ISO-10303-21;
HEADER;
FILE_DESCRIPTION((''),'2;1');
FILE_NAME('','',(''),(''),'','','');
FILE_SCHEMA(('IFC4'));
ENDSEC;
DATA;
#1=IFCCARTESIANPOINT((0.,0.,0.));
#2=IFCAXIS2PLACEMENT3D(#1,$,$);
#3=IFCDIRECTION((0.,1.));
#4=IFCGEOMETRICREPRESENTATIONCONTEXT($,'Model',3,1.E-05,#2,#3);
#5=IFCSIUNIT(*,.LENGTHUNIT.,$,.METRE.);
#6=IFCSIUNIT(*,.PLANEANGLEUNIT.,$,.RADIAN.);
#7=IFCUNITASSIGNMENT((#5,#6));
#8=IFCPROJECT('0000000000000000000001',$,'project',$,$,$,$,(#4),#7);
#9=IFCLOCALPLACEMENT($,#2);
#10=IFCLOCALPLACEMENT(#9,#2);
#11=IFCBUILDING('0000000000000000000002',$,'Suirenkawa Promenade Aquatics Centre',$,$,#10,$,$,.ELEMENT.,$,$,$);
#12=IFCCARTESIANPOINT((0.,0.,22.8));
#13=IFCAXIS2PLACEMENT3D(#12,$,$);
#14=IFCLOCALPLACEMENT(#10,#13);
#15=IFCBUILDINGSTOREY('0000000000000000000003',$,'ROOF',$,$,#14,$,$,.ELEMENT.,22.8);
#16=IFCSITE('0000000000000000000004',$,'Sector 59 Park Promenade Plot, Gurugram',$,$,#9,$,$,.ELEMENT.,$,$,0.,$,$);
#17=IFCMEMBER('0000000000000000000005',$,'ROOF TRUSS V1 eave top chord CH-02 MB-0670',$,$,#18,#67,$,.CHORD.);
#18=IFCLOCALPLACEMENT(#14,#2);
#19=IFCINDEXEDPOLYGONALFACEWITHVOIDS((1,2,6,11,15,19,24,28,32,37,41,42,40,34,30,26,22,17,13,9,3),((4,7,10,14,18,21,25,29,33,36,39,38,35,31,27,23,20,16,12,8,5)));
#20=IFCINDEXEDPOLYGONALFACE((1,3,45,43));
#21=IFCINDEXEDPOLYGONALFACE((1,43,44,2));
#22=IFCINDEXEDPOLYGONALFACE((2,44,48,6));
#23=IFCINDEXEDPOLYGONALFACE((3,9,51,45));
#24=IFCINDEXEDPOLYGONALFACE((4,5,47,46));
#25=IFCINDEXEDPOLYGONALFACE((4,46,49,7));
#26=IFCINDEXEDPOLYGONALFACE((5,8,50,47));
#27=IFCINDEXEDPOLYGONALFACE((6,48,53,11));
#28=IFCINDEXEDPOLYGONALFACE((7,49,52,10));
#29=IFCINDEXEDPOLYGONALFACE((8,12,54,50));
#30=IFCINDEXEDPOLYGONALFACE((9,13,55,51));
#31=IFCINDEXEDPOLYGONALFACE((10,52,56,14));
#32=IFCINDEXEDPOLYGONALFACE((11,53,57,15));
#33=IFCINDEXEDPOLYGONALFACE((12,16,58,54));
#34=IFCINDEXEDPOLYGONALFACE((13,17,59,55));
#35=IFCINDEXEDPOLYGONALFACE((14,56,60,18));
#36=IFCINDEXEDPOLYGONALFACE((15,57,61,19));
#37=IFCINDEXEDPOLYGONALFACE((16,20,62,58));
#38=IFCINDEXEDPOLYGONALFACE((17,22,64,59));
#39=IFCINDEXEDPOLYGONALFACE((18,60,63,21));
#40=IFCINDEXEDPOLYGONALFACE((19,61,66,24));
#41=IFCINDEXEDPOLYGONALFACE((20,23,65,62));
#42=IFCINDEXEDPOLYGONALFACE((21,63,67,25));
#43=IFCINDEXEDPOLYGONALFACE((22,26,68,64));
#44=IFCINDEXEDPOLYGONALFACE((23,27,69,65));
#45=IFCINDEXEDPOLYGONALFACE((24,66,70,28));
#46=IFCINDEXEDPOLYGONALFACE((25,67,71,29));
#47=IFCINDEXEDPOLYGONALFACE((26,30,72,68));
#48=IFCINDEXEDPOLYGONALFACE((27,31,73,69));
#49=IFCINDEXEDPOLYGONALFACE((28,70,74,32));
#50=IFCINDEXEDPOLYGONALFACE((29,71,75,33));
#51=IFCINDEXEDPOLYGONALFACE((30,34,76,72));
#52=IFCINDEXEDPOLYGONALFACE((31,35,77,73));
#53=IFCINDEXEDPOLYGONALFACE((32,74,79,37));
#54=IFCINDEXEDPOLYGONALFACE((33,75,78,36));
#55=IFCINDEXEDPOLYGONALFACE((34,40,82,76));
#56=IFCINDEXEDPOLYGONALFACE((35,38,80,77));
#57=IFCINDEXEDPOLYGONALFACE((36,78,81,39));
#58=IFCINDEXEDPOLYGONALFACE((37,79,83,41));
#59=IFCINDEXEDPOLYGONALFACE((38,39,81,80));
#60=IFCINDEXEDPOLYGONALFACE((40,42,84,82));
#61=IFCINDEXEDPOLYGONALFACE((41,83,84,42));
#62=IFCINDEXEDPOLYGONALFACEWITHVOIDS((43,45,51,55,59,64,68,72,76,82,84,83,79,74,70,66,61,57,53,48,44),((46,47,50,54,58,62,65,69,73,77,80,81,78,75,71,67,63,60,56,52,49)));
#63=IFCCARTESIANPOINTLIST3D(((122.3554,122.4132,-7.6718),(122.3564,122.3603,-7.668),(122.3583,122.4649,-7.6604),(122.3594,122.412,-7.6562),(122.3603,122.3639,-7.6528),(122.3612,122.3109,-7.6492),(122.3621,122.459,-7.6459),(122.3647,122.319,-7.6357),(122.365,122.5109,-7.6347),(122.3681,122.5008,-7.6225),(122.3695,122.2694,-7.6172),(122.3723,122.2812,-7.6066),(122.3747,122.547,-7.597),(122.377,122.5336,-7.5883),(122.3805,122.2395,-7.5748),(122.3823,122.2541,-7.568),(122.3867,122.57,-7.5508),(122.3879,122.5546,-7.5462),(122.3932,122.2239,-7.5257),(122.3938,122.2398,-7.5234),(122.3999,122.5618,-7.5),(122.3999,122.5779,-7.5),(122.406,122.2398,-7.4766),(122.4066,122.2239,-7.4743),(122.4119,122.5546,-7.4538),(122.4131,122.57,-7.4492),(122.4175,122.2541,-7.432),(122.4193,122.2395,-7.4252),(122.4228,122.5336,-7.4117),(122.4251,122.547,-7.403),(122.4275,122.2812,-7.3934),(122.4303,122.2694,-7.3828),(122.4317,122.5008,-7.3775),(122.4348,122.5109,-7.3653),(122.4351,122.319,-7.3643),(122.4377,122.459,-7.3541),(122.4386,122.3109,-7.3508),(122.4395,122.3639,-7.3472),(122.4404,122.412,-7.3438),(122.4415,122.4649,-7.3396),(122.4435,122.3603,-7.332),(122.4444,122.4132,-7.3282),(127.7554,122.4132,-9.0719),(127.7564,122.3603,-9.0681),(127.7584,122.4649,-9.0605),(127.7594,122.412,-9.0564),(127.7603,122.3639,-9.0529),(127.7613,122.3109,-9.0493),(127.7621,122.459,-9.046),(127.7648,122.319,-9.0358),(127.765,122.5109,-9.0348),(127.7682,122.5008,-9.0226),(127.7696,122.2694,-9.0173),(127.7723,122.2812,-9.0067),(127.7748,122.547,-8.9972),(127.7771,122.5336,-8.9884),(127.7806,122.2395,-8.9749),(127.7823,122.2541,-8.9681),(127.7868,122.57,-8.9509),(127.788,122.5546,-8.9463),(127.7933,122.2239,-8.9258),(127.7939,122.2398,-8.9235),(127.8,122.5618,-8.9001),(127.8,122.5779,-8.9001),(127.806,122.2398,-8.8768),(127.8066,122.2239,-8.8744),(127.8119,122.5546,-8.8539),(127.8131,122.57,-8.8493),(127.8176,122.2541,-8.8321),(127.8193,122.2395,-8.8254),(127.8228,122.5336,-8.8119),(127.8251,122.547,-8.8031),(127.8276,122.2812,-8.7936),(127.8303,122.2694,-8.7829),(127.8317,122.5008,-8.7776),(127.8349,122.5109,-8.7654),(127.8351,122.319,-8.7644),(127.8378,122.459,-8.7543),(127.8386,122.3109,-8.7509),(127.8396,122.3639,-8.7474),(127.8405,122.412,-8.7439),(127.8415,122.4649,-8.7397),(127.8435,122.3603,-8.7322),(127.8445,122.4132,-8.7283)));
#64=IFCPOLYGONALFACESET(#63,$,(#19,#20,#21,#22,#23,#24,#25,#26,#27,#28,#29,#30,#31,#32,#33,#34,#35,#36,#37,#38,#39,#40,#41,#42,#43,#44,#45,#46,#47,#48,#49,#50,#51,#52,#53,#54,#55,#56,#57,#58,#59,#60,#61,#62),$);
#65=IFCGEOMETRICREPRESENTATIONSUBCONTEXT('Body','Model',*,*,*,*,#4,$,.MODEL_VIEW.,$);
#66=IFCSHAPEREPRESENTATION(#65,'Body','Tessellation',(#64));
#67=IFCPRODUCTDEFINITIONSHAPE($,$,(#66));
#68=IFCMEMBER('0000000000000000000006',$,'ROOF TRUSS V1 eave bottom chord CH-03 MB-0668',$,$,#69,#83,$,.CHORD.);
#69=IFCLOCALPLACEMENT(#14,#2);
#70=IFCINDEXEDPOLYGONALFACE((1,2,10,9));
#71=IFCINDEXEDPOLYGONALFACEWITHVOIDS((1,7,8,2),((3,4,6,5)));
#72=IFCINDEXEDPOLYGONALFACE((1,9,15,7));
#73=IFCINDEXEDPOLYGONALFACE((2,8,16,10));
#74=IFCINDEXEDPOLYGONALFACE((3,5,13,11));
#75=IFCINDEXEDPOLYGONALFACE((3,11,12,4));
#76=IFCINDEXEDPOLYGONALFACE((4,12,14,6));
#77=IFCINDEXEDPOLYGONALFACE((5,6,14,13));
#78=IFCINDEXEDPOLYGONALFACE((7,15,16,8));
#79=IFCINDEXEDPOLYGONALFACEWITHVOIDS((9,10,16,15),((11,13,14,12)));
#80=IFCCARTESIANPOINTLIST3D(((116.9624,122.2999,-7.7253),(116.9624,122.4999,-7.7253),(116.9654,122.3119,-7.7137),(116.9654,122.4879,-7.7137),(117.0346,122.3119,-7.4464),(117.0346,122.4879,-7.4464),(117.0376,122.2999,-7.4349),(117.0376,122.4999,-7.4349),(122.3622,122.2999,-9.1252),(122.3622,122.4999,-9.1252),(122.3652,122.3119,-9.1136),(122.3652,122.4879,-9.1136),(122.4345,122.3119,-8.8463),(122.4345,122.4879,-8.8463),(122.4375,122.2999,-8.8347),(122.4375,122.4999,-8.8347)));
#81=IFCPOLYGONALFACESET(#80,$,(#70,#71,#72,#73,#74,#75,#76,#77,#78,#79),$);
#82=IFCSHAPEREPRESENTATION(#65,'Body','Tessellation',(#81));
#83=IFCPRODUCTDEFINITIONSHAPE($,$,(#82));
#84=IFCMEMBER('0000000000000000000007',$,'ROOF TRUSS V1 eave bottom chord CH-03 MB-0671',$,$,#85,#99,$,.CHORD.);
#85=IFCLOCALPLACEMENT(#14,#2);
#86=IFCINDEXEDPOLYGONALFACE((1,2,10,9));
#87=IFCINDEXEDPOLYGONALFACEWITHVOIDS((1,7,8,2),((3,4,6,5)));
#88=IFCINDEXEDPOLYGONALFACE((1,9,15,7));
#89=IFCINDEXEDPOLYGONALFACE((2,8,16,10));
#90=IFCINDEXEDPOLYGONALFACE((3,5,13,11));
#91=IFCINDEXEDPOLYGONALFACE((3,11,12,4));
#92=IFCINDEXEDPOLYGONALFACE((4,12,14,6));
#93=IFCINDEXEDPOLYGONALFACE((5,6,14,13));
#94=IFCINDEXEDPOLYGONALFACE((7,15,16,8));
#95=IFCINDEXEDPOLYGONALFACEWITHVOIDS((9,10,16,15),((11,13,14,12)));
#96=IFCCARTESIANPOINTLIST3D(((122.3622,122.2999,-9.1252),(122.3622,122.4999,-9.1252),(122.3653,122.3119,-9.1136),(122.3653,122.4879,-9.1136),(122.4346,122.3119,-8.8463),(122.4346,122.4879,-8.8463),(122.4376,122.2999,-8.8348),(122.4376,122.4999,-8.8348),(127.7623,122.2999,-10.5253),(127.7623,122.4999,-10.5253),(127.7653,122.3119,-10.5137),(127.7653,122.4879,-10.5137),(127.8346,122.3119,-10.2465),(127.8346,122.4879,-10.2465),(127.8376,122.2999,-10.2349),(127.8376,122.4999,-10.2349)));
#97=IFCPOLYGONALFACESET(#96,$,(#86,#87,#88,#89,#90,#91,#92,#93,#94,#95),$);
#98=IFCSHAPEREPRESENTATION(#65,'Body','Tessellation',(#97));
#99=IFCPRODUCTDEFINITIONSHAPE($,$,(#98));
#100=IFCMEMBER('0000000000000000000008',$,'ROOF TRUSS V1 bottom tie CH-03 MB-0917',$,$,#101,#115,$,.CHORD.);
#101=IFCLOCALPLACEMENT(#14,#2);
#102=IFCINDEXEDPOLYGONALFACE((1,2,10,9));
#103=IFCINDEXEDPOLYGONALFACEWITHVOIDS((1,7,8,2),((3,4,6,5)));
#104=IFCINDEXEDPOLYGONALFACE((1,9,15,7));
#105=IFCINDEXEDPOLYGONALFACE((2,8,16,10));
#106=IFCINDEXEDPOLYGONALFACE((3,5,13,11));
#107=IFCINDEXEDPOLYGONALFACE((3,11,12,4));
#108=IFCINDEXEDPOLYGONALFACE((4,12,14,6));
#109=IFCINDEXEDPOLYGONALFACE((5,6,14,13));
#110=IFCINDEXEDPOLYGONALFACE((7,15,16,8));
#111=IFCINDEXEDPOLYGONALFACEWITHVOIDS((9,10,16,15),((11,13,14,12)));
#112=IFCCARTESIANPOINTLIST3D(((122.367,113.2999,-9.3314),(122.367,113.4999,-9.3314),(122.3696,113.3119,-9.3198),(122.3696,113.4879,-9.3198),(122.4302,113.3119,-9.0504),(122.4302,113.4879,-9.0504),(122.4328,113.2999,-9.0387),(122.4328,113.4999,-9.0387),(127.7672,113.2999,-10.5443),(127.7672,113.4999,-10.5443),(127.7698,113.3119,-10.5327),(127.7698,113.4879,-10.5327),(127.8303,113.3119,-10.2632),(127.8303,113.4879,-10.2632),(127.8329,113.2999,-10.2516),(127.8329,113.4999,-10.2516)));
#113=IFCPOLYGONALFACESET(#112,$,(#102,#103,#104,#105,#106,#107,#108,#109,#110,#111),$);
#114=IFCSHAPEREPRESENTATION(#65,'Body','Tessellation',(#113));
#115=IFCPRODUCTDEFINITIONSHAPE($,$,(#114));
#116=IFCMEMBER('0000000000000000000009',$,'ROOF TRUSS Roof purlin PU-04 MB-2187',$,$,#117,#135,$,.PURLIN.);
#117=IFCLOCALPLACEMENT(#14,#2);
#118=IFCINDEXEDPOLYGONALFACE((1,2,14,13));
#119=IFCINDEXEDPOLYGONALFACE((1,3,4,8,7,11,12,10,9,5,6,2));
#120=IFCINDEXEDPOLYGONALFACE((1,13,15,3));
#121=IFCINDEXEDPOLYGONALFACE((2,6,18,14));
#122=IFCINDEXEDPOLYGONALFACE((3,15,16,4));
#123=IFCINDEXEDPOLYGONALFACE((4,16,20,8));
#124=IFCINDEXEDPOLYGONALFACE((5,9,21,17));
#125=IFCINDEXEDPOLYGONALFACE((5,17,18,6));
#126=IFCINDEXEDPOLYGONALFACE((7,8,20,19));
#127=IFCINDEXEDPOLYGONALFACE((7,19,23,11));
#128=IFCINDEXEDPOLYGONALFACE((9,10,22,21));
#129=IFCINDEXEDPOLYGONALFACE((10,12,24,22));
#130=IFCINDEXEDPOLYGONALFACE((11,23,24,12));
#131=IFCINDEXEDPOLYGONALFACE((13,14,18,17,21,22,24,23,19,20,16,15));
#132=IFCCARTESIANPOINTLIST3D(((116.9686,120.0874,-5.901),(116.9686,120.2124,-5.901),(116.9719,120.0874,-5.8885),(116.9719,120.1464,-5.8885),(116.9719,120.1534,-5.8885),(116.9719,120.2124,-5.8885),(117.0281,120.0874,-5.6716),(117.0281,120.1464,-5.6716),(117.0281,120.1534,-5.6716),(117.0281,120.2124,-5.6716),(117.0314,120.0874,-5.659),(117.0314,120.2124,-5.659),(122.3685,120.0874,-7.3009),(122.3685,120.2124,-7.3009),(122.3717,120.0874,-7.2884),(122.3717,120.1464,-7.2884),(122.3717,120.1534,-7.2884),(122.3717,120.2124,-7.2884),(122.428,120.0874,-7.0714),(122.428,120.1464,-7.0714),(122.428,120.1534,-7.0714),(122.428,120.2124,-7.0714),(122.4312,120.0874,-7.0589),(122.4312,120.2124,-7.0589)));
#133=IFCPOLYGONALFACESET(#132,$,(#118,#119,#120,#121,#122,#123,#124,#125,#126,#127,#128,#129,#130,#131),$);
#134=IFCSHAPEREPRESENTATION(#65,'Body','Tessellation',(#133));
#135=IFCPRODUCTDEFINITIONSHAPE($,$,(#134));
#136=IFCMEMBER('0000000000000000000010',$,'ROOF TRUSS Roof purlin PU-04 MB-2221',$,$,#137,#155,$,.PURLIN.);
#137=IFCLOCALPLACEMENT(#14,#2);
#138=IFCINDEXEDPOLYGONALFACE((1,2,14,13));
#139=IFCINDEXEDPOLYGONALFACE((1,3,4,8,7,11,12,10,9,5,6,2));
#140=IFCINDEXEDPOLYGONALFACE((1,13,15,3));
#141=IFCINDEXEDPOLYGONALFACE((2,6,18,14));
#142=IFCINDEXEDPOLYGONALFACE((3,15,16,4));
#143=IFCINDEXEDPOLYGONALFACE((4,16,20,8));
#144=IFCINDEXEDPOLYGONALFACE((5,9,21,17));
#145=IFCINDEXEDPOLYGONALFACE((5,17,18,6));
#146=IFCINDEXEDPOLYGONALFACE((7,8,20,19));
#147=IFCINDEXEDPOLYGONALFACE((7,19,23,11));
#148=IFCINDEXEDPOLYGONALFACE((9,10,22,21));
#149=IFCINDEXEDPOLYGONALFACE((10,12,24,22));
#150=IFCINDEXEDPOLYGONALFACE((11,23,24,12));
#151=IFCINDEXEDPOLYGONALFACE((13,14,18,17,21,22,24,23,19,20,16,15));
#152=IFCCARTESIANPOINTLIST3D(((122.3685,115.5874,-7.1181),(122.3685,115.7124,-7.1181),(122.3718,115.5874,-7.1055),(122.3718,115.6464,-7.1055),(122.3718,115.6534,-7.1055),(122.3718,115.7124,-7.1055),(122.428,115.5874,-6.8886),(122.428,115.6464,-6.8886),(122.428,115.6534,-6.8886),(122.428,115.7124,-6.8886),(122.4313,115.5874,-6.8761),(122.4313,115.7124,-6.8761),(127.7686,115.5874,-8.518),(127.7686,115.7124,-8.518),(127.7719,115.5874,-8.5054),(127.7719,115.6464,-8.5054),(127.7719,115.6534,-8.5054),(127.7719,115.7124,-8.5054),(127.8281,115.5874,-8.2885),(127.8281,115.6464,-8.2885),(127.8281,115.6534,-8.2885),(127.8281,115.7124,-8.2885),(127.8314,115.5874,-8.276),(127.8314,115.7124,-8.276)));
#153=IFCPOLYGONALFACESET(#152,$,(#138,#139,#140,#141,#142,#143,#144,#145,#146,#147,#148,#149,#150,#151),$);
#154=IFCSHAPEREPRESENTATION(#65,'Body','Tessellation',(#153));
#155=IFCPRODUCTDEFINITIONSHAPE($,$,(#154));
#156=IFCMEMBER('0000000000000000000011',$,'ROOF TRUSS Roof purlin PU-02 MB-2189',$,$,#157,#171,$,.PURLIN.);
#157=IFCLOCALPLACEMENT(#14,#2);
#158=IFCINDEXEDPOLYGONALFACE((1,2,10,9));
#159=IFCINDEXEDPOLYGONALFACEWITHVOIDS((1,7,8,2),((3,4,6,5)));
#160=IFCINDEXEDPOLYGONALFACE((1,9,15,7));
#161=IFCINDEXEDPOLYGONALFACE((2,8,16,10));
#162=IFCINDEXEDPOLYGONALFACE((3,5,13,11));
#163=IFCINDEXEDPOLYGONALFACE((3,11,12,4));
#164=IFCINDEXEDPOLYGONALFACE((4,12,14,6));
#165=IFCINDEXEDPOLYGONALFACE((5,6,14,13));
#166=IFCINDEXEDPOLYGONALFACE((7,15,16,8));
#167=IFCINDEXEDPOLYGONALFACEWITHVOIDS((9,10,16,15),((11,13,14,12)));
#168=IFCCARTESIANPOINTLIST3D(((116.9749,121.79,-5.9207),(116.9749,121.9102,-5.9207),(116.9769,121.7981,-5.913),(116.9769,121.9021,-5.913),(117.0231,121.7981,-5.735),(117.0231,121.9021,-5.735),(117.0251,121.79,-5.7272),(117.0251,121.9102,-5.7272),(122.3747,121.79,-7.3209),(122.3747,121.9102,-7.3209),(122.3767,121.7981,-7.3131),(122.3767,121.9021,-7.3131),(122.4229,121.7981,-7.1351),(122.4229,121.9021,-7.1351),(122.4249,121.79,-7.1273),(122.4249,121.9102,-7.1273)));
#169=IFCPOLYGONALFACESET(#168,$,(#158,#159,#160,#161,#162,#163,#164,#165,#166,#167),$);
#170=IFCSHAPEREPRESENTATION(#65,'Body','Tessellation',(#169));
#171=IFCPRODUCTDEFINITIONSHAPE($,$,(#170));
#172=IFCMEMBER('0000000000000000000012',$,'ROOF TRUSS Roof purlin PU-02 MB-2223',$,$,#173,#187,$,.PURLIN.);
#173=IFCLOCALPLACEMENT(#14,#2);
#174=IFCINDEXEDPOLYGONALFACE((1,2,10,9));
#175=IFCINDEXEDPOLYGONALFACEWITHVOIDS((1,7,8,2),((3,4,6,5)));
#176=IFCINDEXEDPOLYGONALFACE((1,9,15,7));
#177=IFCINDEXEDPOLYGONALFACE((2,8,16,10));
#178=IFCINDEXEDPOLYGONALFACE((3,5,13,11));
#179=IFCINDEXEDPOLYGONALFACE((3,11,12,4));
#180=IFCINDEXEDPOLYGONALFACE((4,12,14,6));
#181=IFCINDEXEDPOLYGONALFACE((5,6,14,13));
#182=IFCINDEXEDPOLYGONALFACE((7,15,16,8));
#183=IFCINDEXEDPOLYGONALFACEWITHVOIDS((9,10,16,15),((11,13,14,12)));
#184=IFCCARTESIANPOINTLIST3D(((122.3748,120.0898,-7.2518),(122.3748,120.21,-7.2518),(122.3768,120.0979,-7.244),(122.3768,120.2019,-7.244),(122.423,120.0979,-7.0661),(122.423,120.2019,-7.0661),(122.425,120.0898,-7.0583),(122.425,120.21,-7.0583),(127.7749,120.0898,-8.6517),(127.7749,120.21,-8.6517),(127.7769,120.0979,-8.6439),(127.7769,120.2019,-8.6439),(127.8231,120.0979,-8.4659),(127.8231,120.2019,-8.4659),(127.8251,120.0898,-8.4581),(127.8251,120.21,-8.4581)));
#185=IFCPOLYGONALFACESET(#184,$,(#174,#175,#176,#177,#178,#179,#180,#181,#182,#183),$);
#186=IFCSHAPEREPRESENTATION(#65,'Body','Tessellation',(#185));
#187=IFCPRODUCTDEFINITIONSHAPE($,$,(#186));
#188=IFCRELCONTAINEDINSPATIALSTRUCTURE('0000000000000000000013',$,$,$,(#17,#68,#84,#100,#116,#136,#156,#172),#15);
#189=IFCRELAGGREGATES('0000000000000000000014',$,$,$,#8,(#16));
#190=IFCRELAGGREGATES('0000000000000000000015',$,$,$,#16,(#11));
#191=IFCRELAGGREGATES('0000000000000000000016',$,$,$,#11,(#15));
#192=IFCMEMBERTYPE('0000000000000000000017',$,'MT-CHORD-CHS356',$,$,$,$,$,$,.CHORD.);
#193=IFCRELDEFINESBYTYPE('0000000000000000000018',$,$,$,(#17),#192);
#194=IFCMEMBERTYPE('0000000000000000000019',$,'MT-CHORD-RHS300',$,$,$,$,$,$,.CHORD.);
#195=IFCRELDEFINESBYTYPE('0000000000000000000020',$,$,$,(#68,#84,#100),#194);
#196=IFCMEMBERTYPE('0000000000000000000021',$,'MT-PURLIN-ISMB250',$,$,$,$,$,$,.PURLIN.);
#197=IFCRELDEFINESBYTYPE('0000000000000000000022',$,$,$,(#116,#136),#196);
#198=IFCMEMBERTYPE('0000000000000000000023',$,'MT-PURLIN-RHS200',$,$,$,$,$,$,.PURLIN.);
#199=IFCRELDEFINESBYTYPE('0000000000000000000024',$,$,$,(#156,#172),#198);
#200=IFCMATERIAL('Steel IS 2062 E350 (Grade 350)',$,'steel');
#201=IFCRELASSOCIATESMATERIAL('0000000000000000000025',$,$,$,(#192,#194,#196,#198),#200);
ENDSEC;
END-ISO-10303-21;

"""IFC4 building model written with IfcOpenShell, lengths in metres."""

from ifc_helpers import new_model, si_unit, direction, frame, origin, origin_2d, place, context, subcontext, project, spatial, hollow_rectangle, hollow_circle, i_section, extrude, material, material_profile, profile_set, type_object, element, save


model = new_model("IFC4")

# Units and contexts
model_context = context("Model", 3, precision=1e-05, world=origin(), true_north=direction((0.0, 1.0)))
body_context = subcontext(model_context, "Body", "Model", "MODEL_VIEW")
ifc_project = project(units=[si_unit("LENGTHUNIT", "METRE"), si_unit("PLANEANGLEUNIT", "RADIAN")], contexts=[model_context])

# Site, building, storey
site_placement = place(None, origin())
site = spatial("IfcSite", under=ifc_project, at=site_placement, Name="Sector 59 Park Promenade Plot, Gurugram", CompositionType="ELEMENT", RefElevation=0.0)
building_placement = place(site_placement, origin())
building = spatial("IfcBuilding", under=site, at=building_placement, Name="Suirenkawa Promenade Aquatics Centre", CompositionType="ELEMENT")
storey_placement = place(building_placement, frame((0.0, 0.0, 22.8)))
storey = spatial("IfcBuildingStorey", under=building, at=storey_placement, Name="ROOF", CompositionType="ELEMENT", Elevation=22.8)

# Shared definitions
ifc_material = material(Name="Steel IS 2062 E350 (Grade 350)", Category="steel")

# Members
ifc_material_profile_1 = material_profile(ifc_material, hollow_circle(Radius=0.178, WallThickness=0.0161, at=origin_2d()), Name="CHS 356x16", Category="steel")
ifc_profile_set_1 = profile_set([ifc_material_profile_1], Name="Steel IS 2062 E350 (Grade 350)")
member_type_1 = type_object("IfcMemberType", Name="MT-CHORD-CHS356", PredefinedType="CHORD", material=ifc_profile_set_1)
member_1_placement = place(storey_placement, frame((122.3999, 122.3999, -7.5), z_axis=(0.967992, 0.0, -0.25098), x_axis=(0.0, 1.0, 0.0)))
element("IfcMember", 1, at=member_1_placement, inside=storey, type_object=member_type_1, Name="ROOF TRUSS V1 eave top chord CH-02 MB-0670", PredefinedType="CHORD", context=body_context, shape_type="SweptSolid", body=[
    extrude(hollow_circle(Radius=0.178, WallThickness=0.0161, at=origin_2d()), origin(), (0.0, 0.0, 1.0), 5.5786),
])
ifc_material_profile_2 = material_profile(ifc_material, hollow_rectangle(XDim=0.2, YDim=0.3, WallThickness=0.012, at=origin_2d()), Name="RHS 300x200x12", Category="steel")
ifc_profile_set_2 = profile_set([ifc_material_profile_2], Name="Steel IS 2062 E350 (Grade 350)")
member_type_2 = type_object("IfcMemberType", Name="MT-CHORD-RHS300", PredefinedType="CHORD", material=ifc_profile_set_2)
member_2_placement = place(storey_placement, frame((117.0, 122.3999, -7.5801), z_axis=(0.968, 0.0, -0.25095), x_axis=(0.0, 1.0, 0.0)))
element("IfcMember", 2, at=member_2_placement, inside=storey, type_object=member_type_2, Name="ROOF TRUSS V1 eave bottom chord CH-03 MB-0668", PredefinedType="CHORD", context=body_context, shape_type="SweptSolid", body=[
    extrude(hollow_rectangle(XDim=0.2, YDim=0.3, WallThickness=0.012, at=origin_2d()), origin(), (0.0, 0.0, 1.0), 5.5784),
])
member_3_placement = place(storey_placement, frame((122.3999, 122.3999, -8.98), z_axis=(0.967992, 0.0, -0.25098), x_axis=(0.0, 1.0, 0.0)))
element("IfcMember", 3, at=member_3_placement, inside=storey, type_object=member_type_2, Name="ROOF TRUSS V1 eave bottom chord CH-03 MB-0671", PredefinedType="CHORD", context=body_context, shape_type="SweptSolid", body=[
    extrude(hollow_rectangle(XDim=0.2, YDim=0.3, WallThickness=0.012, at=origin_2d()), origin(), (0.0, 0.0, 1.0), 5.5786),
])
member_4_placement = place(storey_placement, frame((122.3999, 113.3999, -9.1851), z_axis=(0.975693, 0.0, -0.219144), x_axis=(0.0, 1.0, 0.0)))
element("IfcMember", 4, at=member_4_placement, inside=storey, type_object=member_type_2, Name="ROOF TRUSS V1 bottom tie CH-03 MB-0917", PredefinedType="CHORD", context=body_context, shape_type="SweptSolid", body=[
    extrude(hollow_rectangle(XDim=0.2, YDim=0.3, WallThickness=0.012, at=origin_2d()), origin(), (0.0, 0.0, 1.0), 5.5347),
])
ifc_material_profile_3 = material_profile(ifc_material, i_section(OverallWidth=0.125, OverallDepth=0.25, WebThickness=0.0071, FlangeThickness=0.0129, at=origin_2d()), Name="ISMB 250", Category="steel")
ifc_profile_set_3 = profile_set([ifc_material_profile_3], Name="Steel IS 2062 E350 (Grade 350)")
member_type_3 = type_object("IfcMemberType", Name="MT-PURLIN-ISMB250", PredefinedType="PURLIN", material=ifc_profile_set_3)
member_5_placement = place(storey_placement, frame((117.0, 120.1499, -5.78), z_axis=(0.968, 0.0, -0.25095), x_axis=(0.0, 1.0, 0.0)))
element("IfcMember", 5, at=member_5_placement, inside=storey, type_object=member_type_3, Name="ROOF TRUSS Roof purlin PU-04 MB-2187", PredefinedType="PURLIN", context=body_context, shape_type="SweptSolid", body=[
    extrude(i_section(OverallWidth=0.125, OverallDepth=0.25, WebThickness=0.0071, FlangeThickness=0.0129, at=origin_2d()), origin(), (0.0, 0.0, 1.0), 5.5784),
])
member_6_placement = place(storey_placement, frame((122.3999, 115.6499, -6.9971), z_axis=(0.968003, 0.0, -0.250939), x_axis=(0.0, 1.0, 0.0)))
element("IfcMember", 6, at=member_6_placement, inside=storey, type_object=member_type_3, Name="ROOF TRUSS Roof purlin PU-04 MB-2221", PredefinedType="PURLIN", context=body_context, shape_type="SweptSolid", body=[
    extrude(i_section(OverallWidth=0.125, OverallDepth=0.25, WebThickness=0.0071, FlangeThickness=0.0129, at=origin_2d()), origin(), (0.0, 0.0, 1.0), 5.5786),
])
ifc_material_profile_4 = material_profile(ifc_material, hollow_rectangle(XDim=0.1201, YDim=0.2, WallThickness=0.0081, at=origin_2d()), Name="RHS 200x120x8", Category="steel")
ifc_profile_set_4 = profile_set([ifc_material_profile_4], Name="Steel IS 2062 E350 (Grade 350)")
member_type_4 = type_object("IfcMemberType", Name="MT-PURLIN-RHS200", PredefinedType="PURLIN", material=ifc_profile_set_4)
member_7_placement = place(storey_placement, frame((117.0, 121.8501, -5.824), z_axis=(0.967989, 0.0, -0.250991), x_axis=(0.0, 1.0, 0.0)))
element("IfcMember", 7, at=member_7_placement, inside=storey, type_object=member_type_4, Name="ROOF TRUSS Roof purlin PU-02 MB-2189", PredefinedType="PURLIN", context=body_context, shape_type="SweptSolid", body=[
    extrude(hollow_rectangle(XDim=0.1201, YDim=0.2, WallThickness=0.0081, at=origin_2d()), origin(), (0.0, 0.0, 1.0), 5.5784),
])
member_8_placement = place(storey_placement, frame((122.3999, 120.1499, -7.155), z_axis=(0.968003, 0.0, -0.250939), x_axis=(0.0, 1.0, 0.0)))
element("IfcMember", 8, at=member_8_placement, inside=storey, type_object=member_type_4, Name="ROOF TRUSS Roof purlin PU-02 MB-2223", PredefinedType="PURLIN", context=body_context, shape_type="SweptSolid", body=[
    extrude(hollow_rectangle(XDim=0.1201, YDim=0.2, WallThickness=0.0081, at=origin_2d()), origin(), (0.0, 0.0, 1.0), 5.5786),
])

save(model, "model.ifc")
